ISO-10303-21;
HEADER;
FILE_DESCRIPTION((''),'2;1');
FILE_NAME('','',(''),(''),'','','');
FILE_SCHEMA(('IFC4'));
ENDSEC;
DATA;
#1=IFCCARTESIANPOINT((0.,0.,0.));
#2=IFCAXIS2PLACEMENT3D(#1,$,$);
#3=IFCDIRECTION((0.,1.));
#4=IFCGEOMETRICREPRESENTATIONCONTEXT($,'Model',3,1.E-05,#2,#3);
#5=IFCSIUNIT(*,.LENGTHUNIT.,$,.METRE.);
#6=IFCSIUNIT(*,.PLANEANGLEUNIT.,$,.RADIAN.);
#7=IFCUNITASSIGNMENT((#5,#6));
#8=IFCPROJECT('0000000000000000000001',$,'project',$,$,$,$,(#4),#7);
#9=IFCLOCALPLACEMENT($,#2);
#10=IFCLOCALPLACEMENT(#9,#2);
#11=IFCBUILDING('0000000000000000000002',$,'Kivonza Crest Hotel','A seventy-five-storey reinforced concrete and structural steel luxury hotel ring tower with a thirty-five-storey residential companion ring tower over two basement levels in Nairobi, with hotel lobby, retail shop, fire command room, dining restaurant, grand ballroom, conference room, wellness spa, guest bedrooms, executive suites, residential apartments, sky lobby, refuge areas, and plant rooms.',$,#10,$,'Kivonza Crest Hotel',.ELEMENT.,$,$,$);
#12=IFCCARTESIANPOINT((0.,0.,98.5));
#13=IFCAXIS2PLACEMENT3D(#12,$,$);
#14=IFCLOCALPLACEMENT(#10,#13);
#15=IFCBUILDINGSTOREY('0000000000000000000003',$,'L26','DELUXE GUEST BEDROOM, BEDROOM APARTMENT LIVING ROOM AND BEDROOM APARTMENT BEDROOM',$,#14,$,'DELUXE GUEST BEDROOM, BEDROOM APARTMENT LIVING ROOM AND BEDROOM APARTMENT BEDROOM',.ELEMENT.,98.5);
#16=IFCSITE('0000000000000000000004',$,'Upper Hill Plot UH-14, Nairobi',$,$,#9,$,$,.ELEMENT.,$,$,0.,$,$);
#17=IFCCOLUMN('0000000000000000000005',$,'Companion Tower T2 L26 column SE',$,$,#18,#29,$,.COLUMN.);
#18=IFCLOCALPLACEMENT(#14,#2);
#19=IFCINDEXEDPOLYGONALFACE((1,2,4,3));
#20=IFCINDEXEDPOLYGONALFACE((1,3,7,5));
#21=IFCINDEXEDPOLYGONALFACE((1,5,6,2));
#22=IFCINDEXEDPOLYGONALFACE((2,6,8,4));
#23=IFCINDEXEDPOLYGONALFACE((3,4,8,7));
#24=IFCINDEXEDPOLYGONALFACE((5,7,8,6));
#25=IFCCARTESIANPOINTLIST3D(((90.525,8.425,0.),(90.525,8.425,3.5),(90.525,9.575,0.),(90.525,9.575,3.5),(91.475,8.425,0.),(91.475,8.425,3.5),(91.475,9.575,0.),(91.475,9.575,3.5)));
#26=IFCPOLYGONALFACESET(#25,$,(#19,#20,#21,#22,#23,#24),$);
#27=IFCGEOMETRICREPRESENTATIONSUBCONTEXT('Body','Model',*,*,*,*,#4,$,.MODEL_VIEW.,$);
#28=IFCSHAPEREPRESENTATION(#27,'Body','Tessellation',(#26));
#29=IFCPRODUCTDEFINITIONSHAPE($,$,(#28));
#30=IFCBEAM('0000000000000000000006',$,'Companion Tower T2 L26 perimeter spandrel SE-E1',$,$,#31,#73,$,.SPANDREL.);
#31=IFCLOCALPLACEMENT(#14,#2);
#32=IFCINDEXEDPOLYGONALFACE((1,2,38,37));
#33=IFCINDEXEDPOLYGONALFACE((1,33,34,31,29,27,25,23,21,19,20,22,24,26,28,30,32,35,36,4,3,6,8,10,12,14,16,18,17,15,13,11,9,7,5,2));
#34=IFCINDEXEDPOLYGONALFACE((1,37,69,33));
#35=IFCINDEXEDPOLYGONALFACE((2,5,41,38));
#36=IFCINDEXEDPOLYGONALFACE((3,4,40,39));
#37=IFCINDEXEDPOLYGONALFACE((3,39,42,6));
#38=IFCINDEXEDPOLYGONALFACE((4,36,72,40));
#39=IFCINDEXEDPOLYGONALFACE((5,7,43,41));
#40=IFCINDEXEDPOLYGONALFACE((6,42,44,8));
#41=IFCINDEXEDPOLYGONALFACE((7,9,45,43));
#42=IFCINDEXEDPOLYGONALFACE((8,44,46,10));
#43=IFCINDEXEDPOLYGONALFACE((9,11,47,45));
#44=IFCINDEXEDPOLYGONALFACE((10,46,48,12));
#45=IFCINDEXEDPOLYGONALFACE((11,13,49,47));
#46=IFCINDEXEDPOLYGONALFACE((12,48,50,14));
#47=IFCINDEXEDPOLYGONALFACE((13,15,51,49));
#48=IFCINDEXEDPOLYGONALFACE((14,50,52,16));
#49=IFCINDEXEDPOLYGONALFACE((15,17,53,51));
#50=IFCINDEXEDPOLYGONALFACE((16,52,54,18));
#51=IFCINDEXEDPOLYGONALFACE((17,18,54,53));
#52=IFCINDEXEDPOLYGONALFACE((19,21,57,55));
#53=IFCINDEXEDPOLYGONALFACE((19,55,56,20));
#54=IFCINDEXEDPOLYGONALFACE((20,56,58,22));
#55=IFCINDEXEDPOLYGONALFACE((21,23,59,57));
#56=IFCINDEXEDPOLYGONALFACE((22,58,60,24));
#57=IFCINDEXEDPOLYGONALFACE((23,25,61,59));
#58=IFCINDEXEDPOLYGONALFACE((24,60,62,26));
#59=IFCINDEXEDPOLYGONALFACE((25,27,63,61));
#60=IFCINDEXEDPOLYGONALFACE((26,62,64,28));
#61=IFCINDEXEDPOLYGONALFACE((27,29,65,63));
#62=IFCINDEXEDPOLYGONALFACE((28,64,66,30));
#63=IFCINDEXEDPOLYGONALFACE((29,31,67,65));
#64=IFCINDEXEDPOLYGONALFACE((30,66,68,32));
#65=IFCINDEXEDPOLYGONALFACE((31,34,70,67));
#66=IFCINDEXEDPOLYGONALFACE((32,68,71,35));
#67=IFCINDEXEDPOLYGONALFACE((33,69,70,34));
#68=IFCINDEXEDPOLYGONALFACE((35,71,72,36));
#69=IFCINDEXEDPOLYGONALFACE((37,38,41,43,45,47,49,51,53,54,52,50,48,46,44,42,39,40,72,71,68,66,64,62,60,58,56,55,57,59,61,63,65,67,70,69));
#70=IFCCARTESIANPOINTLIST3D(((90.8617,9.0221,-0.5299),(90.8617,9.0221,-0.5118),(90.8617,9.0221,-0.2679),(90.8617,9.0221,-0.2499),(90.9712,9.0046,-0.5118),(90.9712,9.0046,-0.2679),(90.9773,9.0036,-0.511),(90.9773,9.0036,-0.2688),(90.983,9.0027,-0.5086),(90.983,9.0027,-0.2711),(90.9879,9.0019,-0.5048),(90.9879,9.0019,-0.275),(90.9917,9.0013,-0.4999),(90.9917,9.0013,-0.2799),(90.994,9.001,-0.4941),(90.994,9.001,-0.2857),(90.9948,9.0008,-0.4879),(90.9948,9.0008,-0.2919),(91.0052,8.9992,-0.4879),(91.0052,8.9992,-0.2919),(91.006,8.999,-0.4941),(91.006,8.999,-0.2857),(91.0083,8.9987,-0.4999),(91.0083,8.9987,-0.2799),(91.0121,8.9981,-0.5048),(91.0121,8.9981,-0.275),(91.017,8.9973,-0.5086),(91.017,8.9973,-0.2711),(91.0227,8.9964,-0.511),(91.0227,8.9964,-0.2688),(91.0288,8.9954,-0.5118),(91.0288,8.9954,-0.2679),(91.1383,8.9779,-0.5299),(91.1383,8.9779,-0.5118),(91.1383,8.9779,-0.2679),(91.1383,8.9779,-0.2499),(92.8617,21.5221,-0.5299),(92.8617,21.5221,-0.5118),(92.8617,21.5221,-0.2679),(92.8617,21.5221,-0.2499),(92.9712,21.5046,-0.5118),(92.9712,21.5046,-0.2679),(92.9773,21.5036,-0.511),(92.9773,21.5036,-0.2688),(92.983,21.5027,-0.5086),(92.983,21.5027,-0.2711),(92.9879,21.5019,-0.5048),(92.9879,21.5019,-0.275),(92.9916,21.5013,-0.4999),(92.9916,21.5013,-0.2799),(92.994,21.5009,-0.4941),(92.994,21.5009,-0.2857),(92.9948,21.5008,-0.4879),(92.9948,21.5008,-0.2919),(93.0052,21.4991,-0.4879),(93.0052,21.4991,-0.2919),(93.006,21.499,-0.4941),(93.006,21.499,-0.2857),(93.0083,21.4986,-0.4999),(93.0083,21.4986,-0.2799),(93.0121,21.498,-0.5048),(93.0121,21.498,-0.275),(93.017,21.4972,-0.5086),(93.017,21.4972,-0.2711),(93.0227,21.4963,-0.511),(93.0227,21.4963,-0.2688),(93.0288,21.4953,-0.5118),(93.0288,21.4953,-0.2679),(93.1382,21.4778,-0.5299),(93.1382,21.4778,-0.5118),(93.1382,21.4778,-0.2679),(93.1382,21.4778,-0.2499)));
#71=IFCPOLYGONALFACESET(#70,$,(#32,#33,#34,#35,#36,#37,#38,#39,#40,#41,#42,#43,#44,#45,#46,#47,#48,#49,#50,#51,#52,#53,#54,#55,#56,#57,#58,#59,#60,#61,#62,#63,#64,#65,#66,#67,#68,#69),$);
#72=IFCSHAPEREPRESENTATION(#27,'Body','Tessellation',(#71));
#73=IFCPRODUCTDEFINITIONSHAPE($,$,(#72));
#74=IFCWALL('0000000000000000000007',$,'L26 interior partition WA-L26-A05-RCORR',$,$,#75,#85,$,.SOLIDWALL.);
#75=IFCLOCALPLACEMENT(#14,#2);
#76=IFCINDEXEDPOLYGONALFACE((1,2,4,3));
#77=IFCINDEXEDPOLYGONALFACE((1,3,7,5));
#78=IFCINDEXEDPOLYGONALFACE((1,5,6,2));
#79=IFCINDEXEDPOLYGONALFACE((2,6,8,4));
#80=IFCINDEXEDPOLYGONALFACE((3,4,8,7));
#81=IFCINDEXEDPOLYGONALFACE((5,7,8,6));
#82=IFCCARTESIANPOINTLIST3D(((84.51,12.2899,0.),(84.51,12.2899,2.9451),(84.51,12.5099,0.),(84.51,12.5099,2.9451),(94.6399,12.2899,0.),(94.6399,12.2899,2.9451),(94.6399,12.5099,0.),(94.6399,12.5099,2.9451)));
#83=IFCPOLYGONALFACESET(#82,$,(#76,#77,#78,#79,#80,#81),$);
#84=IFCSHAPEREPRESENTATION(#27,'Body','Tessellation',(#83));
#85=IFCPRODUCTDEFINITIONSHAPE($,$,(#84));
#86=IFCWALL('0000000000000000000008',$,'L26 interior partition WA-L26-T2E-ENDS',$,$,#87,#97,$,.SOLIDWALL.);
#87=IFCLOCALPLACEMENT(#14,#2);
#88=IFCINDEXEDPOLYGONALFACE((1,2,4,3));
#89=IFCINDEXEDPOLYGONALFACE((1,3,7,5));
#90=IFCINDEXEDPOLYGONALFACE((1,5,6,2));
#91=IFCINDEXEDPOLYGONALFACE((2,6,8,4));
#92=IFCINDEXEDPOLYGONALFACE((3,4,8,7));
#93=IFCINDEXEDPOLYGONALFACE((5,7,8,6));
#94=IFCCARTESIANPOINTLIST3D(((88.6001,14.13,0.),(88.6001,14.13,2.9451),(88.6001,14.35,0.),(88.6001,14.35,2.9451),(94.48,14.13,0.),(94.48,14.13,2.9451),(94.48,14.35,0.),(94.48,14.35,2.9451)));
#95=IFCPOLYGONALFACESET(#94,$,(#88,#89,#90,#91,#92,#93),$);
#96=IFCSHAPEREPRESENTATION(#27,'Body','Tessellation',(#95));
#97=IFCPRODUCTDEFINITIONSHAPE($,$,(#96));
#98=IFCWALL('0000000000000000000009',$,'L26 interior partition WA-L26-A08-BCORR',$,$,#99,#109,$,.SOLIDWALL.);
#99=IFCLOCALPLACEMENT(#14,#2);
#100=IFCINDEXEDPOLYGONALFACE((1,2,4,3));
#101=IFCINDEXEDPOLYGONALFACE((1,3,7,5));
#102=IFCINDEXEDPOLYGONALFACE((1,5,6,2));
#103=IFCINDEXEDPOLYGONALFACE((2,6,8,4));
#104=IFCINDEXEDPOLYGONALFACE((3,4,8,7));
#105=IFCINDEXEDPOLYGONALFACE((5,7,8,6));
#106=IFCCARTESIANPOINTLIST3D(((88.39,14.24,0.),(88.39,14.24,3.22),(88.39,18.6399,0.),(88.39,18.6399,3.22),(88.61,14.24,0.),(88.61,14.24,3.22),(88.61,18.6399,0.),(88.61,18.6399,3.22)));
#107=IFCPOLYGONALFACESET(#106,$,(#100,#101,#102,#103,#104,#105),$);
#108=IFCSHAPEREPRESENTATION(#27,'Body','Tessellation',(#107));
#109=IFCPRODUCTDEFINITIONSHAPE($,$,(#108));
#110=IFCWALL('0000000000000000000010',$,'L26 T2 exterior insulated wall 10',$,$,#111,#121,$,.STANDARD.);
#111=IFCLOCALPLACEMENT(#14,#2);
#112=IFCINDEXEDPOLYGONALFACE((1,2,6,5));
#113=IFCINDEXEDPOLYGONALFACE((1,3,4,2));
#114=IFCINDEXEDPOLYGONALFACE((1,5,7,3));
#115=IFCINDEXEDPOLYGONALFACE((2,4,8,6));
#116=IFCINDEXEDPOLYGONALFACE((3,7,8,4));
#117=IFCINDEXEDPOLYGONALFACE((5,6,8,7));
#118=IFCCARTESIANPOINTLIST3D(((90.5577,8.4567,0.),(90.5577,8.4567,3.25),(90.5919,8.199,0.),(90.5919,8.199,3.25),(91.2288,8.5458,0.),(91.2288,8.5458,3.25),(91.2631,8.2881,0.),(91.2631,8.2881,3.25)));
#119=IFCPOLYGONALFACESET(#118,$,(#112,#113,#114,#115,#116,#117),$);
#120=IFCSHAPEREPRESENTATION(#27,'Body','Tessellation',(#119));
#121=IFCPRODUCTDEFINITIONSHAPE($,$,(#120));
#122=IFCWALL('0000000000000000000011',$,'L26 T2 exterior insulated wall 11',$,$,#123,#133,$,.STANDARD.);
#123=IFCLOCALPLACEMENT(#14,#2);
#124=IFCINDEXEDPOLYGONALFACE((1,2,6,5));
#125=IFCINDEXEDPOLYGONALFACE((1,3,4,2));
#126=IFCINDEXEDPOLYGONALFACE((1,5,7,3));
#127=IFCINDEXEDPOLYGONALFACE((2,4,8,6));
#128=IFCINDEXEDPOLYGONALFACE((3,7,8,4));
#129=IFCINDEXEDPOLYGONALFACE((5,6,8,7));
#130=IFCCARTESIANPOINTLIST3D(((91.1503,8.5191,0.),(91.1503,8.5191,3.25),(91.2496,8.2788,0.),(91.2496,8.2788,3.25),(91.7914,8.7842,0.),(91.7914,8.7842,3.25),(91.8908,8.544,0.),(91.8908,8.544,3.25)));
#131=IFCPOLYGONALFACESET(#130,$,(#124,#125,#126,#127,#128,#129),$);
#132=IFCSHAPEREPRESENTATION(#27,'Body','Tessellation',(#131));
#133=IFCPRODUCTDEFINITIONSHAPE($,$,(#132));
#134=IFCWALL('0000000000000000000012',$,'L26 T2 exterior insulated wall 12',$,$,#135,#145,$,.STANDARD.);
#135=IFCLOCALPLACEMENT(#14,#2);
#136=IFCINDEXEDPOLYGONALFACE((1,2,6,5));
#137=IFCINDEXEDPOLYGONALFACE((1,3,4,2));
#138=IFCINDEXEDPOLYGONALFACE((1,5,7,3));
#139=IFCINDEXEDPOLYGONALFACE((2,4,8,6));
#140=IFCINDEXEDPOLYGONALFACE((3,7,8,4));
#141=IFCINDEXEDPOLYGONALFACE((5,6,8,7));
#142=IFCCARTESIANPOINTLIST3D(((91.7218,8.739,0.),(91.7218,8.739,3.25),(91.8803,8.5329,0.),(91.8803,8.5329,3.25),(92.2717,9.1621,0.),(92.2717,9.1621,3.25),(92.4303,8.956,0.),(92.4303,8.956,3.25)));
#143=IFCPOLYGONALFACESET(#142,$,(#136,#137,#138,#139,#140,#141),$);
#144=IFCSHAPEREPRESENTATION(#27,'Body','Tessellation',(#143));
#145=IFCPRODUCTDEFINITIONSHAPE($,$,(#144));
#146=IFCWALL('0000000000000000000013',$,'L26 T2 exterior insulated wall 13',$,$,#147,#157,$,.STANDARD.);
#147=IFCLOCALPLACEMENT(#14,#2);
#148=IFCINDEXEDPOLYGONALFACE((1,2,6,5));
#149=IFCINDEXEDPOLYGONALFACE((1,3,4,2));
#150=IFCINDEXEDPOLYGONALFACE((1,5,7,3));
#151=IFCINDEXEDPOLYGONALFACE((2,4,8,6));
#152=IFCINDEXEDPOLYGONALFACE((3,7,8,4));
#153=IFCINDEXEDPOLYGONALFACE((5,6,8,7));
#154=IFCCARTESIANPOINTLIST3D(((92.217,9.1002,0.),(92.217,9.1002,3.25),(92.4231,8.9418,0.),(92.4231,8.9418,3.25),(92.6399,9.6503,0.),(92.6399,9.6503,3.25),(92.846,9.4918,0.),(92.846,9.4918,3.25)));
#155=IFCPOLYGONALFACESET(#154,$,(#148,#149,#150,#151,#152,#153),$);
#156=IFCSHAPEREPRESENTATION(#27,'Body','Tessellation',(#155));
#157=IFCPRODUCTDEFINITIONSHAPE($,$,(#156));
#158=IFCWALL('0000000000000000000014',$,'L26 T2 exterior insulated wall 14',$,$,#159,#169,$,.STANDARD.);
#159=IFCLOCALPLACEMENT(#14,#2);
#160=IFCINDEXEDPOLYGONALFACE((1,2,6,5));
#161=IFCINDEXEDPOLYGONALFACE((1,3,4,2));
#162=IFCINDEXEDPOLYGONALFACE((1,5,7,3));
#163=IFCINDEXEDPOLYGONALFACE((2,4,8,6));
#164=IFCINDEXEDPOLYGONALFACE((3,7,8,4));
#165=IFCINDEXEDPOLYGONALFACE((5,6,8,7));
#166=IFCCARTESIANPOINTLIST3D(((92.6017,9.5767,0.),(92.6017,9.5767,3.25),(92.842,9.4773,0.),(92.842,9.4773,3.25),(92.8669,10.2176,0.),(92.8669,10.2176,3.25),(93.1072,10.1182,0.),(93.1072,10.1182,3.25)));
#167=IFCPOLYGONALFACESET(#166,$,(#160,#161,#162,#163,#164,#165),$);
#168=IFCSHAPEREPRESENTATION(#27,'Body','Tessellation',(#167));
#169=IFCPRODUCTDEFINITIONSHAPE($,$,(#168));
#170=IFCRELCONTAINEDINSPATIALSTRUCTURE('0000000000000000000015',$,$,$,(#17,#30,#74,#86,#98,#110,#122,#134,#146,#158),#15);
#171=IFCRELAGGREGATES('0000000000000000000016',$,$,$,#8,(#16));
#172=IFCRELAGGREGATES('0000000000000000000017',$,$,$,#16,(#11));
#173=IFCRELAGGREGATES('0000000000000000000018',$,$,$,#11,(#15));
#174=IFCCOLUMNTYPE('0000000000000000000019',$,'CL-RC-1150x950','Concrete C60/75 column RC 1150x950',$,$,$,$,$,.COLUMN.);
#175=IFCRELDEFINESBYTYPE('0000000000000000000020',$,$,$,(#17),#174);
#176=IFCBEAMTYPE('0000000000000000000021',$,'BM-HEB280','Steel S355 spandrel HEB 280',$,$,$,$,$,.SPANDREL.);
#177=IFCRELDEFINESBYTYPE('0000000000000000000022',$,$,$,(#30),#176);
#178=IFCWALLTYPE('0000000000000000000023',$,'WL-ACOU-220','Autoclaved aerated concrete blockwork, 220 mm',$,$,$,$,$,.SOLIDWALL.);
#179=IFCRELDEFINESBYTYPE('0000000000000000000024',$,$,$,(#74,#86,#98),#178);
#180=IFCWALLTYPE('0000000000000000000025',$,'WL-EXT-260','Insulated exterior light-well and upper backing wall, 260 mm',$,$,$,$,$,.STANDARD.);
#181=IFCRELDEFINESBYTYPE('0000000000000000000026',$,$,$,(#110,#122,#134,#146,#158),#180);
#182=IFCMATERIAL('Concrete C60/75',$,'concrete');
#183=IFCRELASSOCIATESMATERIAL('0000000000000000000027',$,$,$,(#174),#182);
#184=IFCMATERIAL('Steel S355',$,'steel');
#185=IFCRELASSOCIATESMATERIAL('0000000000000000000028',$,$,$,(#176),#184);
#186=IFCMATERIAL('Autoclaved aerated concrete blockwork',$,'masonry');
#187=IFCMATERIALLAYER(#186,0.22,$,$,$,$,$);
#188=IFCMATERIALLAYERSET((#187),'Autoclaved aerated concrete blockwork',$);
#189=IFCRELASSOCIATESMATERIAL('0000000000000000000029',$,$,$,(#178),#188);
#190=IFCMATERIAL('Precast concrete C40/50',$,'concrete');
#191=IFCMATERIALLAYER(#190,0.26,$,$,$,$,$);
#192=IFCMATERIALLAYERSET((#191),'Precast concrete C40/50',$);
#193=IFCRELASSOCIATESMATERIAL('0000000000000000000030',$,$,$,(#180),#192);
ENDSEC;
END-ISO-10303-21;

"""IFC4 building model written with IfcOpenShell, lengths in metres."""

from ifc_helpers import new_model, si_unit, direction, frame, frame_2d, origin, origin_2d, place, context, subcontext, project, spatial, rectangle, i_section, extrude, material, layer, layer_set, material_profile, profile_set, type_object, element, save


model = new_model("IFC4")

# Units and contexts
model_context = context("Model", 3, precision=1e-05, world=origin(), true_north=direction((0.0, 1.0)))
body_context = subcontext(model_context, "Body", "Model", "MODEL_VIEW")
ifc_project = project(units=[si_unit("LENGTHUNIT", "METRE"), si_unit("PLANEANGLEUNIT", "RADIAN")], contexts=[model_context])

# Site, building, storey
site_placement = place(None, origin())
site = spatial("IfcSite", under=ifc_project, at=site_placement, Name="Upper Hill Plot UH-14, Nairobi", CompositionType="ELEMENT", RefElevation=0.0)
building_placement = place(site_placement, origin())
building = spatial("IfcBuilding", under=site, at=building_placement, Name="Kivonza Crest Hotel", Description="A seventy-five-storey reinforced concrete and structural steel luxury hotel ring tower with a thirty-five-storey residential companion ring tower over two basement levels in Nairobi, with hotel lobby, retail shop, fire command room, dining restaurant, grand ballroom, conference room, wellness spa, guest bedrooms, executive suites, residential apartments, sky lobby, refuge areas, and plant rooms.", LongName="Kivonza Crest Hotel", CompositionType="ELEMENT")
storey_placement = place(building_placement, frame((0.0, 0.0, 98.5)))
storey = spatial("IfcBuildingStorey", under=building, at=storey_placement, Name="L26", Description="DELUXE GUEST BEDROOM, BEDROOM APARTMENT LIVING ROOM AND BEDROOM APARTMENT BEDROOM", LongName="DELUXE GUEST BEDROOM, BEDROOM APARTMENT LIVING ROOM AND BEDROOM APARTMENT BEDROOM", CompositionType="ELEMENT", Elevation=98.5)

# Column
ifc_material_1 = material(Name="Concrete C60/75", Category="concrete")
ifc_material_profile_1 = material_profile(ifc_material_1, rectangle(XDim=0.95, YDim=1.1499, at=origin_2d()), Name="RC 1150x950")
ifc_profile_set_1 = profile_set([ifc_material_profile_1], Name="Concrete C60/75")
column_type = type_object("IfcColumnType", Name="CL-RC-1150x950", Description="Concrete C60/75 column RC 1150x950", PredefinedType="COLUMN", material=ifc_profile_set_1)
column_placement = place(storey_placement, frame((91.0, 9.0, 0.0), z_axis=(0.0, 0.0, 1.0), x_axis=(1.0, 0.0, 0.0)))
element("IfcColumn", 1, at=column_placement, inside=storey, type_object=column_type, Name="Companion Tower T2 L26 column SE", PredefinedType="COLUMN", context=body_context, shape_type="SweptSolid", body=[
    extrude(rectangle(XDim=0.95, YDim=1.1499, at=origin_2d()), origin(), (0.0, 0.0, 1.0), 3.5),
])

# Beam
ifc_material_2 = material(Name="Steel S355", Category="steel")
ifc_material_profile_2 = material_profile(ifc_material_2, i_section(OverallWidth=0.28, OverallDepth=0.28, WebThickness=0.0105, FlangeThickness=0.0181, FilletRadius=0.0239, at=origin_2d()), Name="HEB 280")
ifc_profile_set_2 = profile_set([ifc_material_profile_2], Name="Steel S355")
beam_type = type_object("IfcBeamType", Name="BM-HEB280", Description="Steel S355 spandrel HEB 280", PredefinedType="SPANDREL", material=ifc_profile_set_2)
beam_placement = place(storey_placement, frame((91.0, 9.0, -0.3899), z_axis=(0.157991, 0.987441, 0.0), x_axis=(-0.987441, 0.157991, 0.0)))
element("IfcBeam", 2, at=beam_placement, inside=storey, type_object=beam_type, Name="Companion Tower T2 L26 perimeter spandrel SE-E1", PredefinedType="SPANDREL", context=body_context, shape_type="SweptSolid", body=[
    extrude(i_section(OverallWidth=0.28, OverallDepth=0.28, WebThickness=0.0105, FlangeThickness=0.0181, FilletRadius=0.0239, at=origin_2d()), origin(), (0.0, 0.0, 1.0), 12.6589),
])

# Walls
ifc_material_3 = material(Name="Autoclaved aerated concrete blockwork", Category="masonry")
ifc_layer_1 = layer(ifc_material_3, 0.22)
ifc_layer_set_1 = layer_set([ifc_layer_1], Name="Autoclaved aerated concrete blockwork")
wall_type_1 = type_object("IfcWallType", Name="WL-ACOU-220", Description="Autoclaved aerated concrete blockwork, 220 mm", PredefinedType="SOLIDWALL", material=ifc_layer_set_1)
wall_1_placement = place(storey_placement, frame((84.51, 12.3999, 0.0), z_axis=(0.0, 0.0, 1.0), x_axis=(1.0, 0.0, 0.0)))
element("IfcWall", 3, at=wall_1_placement, inside=storey, type_object=wall_type_1, Name="L26 interior partition WA-L26-A05-RCORR", PredefinedType="SOLIDWALL", context=body_context, shape_type="SweptSolid", body=[
    extrude(rectangle(XDim=10.1299, YDim=0.22, at=frame_2d((5.0649, 0.0))), origin(), (0.0, 0.0, 1.0), 2.9451),
])
wall_2_placement = place(storey_placement, frame((88.6001, 14.24, 0.0), z_axis=(0.0, 0.0, 1.0), x_axis=(1.0, 0.0, 0.0)))
element("IfcWall", 4, at=wall_2_placement, inside=storey, type_object=wall_type_1, Name="L26 interior partition WA-L26-T2E-ENDS", PredefinedType="SOLIDWALL", context=body_context, shape_type="SweptSolid", body=[
    extrude(rectangle(XDim=5.8799, YDim=0.22, at=frame_2d((2.9399, 0.0))), origin(), (0.0, 0.0, 1.0), 2.9451),
])
wall_3_placement = place(storey_placement, frame((88.5, 14.24, 0.0), z_axis=(0.0, 0.0, 1.0), x_axis=(0.0, 1.0, 0.0)))
element("IfcWall", 5, at=wall_3_placement, inside=storey, type_object=wall_type_1, Name="L26 interior partition WA-L26-A08-BCORR", PredefinedType="SOLIDWALL", context=body_context, shape_type="SweptSolid", body=[
    extrude(rectangle(XDim=4.3999, YDim=0.22, at=frame_2d((2.2, 0.0))), origin(), (0.0, 0.0, 1.0), 3.22),
])
ifc_material_4 = material(Name="Precast concrete C40/50", Category="concrete")
ifc_layer_2 = layer(ifc_material_4, 0.26)
ifc_layer_set_2 = layer_set([ifc_layer_2], Name="Precast concrete C40/50")
wall_type_2 = type_object("IfcWallType", Name="WL-EXT-260", Description="Insulated exterior light-well and upper backing wall, 260 mm", PredefinedType="STANDARD", material=ifc_layer_set_2)
wall_4_placement = place(storey_placement, frame((90.575, 8.3279, 0.0), z_axis=(0.0, 0.0, 1.0), x_axis=(0.9913, 0.13162, 0.0)))
element("IfcWall", 6, at=wall_4_placement, inside=storey, type_object=wall_type_2, Name="L26 T2 exterior insulated wall 10", PredefinedType="STANDARD", context=body_context, shape_type="SweptSolid", body=[
    extrude(rectangle(XDim=0.677, YDim=0.26, at=frame_2d((0.3384, 0.0))), origin(), (0.0, 0.0, 1.0), 3.25),
])
for number, where, z_axis, x_axis, name in (
    (7, (91.2, 8.3989, 0.0), (0.0, 0.0, 1.0), (0.924094, 0.382165, 0.0), "L26 T2 exterior insulated wall 11"),
    (8, (91.801, 8.636, 0.0), (0.0, 0.0, 1.0), (0.792637, 0.609694, 0.0), "L26 T2 exterior insulated wall 12"),
    (9, (92.3201, 9.021, 0.0), (0.0, 0.0, 1.0), (0.609473, 0.792807, 0.0), "L26 T2 exterior insulated wall 13"),
):
    element("IfcWall", number, at=place(storey_placement, frame(where, z_axis=z_axis, x_axis=x_axis)), inside=storey, type_object=wall_type_2, Name=name, PredefinedType="STANDARD", context=body_context, shape_type="SweptSolid", body=[
        extrude(rectangle(XDim=0.6938, YDim=0.26, at=frame_2d((0.3469, 0.0))), origin(), (0.0, 0.0, 1.0), 3.25),
    ])
wall_5_placement = place(storey_placement, frame((92.7219, 9.5271, 0.0), z_axis=(0.0, 0.0, 1.0), x_axis=(0.38229, 0.924043, 0.0)))
element("IfcWall", 10, at=wall_5_placement, inside=storey, type_object=wall_type_2, Name="L26 T2 exterior insulated wall 14", PredefinedType="STANDARD", context=body_context, shape_type="SweptSolid", body=[
    extrude(rectangle(XDim=0.6936, YDim=0.26, at=frame_2d((0.3467, 0.0))), origin(), (0.0, 0.0, 1.0), 3.25),
])

save(model, "model.ifc")
